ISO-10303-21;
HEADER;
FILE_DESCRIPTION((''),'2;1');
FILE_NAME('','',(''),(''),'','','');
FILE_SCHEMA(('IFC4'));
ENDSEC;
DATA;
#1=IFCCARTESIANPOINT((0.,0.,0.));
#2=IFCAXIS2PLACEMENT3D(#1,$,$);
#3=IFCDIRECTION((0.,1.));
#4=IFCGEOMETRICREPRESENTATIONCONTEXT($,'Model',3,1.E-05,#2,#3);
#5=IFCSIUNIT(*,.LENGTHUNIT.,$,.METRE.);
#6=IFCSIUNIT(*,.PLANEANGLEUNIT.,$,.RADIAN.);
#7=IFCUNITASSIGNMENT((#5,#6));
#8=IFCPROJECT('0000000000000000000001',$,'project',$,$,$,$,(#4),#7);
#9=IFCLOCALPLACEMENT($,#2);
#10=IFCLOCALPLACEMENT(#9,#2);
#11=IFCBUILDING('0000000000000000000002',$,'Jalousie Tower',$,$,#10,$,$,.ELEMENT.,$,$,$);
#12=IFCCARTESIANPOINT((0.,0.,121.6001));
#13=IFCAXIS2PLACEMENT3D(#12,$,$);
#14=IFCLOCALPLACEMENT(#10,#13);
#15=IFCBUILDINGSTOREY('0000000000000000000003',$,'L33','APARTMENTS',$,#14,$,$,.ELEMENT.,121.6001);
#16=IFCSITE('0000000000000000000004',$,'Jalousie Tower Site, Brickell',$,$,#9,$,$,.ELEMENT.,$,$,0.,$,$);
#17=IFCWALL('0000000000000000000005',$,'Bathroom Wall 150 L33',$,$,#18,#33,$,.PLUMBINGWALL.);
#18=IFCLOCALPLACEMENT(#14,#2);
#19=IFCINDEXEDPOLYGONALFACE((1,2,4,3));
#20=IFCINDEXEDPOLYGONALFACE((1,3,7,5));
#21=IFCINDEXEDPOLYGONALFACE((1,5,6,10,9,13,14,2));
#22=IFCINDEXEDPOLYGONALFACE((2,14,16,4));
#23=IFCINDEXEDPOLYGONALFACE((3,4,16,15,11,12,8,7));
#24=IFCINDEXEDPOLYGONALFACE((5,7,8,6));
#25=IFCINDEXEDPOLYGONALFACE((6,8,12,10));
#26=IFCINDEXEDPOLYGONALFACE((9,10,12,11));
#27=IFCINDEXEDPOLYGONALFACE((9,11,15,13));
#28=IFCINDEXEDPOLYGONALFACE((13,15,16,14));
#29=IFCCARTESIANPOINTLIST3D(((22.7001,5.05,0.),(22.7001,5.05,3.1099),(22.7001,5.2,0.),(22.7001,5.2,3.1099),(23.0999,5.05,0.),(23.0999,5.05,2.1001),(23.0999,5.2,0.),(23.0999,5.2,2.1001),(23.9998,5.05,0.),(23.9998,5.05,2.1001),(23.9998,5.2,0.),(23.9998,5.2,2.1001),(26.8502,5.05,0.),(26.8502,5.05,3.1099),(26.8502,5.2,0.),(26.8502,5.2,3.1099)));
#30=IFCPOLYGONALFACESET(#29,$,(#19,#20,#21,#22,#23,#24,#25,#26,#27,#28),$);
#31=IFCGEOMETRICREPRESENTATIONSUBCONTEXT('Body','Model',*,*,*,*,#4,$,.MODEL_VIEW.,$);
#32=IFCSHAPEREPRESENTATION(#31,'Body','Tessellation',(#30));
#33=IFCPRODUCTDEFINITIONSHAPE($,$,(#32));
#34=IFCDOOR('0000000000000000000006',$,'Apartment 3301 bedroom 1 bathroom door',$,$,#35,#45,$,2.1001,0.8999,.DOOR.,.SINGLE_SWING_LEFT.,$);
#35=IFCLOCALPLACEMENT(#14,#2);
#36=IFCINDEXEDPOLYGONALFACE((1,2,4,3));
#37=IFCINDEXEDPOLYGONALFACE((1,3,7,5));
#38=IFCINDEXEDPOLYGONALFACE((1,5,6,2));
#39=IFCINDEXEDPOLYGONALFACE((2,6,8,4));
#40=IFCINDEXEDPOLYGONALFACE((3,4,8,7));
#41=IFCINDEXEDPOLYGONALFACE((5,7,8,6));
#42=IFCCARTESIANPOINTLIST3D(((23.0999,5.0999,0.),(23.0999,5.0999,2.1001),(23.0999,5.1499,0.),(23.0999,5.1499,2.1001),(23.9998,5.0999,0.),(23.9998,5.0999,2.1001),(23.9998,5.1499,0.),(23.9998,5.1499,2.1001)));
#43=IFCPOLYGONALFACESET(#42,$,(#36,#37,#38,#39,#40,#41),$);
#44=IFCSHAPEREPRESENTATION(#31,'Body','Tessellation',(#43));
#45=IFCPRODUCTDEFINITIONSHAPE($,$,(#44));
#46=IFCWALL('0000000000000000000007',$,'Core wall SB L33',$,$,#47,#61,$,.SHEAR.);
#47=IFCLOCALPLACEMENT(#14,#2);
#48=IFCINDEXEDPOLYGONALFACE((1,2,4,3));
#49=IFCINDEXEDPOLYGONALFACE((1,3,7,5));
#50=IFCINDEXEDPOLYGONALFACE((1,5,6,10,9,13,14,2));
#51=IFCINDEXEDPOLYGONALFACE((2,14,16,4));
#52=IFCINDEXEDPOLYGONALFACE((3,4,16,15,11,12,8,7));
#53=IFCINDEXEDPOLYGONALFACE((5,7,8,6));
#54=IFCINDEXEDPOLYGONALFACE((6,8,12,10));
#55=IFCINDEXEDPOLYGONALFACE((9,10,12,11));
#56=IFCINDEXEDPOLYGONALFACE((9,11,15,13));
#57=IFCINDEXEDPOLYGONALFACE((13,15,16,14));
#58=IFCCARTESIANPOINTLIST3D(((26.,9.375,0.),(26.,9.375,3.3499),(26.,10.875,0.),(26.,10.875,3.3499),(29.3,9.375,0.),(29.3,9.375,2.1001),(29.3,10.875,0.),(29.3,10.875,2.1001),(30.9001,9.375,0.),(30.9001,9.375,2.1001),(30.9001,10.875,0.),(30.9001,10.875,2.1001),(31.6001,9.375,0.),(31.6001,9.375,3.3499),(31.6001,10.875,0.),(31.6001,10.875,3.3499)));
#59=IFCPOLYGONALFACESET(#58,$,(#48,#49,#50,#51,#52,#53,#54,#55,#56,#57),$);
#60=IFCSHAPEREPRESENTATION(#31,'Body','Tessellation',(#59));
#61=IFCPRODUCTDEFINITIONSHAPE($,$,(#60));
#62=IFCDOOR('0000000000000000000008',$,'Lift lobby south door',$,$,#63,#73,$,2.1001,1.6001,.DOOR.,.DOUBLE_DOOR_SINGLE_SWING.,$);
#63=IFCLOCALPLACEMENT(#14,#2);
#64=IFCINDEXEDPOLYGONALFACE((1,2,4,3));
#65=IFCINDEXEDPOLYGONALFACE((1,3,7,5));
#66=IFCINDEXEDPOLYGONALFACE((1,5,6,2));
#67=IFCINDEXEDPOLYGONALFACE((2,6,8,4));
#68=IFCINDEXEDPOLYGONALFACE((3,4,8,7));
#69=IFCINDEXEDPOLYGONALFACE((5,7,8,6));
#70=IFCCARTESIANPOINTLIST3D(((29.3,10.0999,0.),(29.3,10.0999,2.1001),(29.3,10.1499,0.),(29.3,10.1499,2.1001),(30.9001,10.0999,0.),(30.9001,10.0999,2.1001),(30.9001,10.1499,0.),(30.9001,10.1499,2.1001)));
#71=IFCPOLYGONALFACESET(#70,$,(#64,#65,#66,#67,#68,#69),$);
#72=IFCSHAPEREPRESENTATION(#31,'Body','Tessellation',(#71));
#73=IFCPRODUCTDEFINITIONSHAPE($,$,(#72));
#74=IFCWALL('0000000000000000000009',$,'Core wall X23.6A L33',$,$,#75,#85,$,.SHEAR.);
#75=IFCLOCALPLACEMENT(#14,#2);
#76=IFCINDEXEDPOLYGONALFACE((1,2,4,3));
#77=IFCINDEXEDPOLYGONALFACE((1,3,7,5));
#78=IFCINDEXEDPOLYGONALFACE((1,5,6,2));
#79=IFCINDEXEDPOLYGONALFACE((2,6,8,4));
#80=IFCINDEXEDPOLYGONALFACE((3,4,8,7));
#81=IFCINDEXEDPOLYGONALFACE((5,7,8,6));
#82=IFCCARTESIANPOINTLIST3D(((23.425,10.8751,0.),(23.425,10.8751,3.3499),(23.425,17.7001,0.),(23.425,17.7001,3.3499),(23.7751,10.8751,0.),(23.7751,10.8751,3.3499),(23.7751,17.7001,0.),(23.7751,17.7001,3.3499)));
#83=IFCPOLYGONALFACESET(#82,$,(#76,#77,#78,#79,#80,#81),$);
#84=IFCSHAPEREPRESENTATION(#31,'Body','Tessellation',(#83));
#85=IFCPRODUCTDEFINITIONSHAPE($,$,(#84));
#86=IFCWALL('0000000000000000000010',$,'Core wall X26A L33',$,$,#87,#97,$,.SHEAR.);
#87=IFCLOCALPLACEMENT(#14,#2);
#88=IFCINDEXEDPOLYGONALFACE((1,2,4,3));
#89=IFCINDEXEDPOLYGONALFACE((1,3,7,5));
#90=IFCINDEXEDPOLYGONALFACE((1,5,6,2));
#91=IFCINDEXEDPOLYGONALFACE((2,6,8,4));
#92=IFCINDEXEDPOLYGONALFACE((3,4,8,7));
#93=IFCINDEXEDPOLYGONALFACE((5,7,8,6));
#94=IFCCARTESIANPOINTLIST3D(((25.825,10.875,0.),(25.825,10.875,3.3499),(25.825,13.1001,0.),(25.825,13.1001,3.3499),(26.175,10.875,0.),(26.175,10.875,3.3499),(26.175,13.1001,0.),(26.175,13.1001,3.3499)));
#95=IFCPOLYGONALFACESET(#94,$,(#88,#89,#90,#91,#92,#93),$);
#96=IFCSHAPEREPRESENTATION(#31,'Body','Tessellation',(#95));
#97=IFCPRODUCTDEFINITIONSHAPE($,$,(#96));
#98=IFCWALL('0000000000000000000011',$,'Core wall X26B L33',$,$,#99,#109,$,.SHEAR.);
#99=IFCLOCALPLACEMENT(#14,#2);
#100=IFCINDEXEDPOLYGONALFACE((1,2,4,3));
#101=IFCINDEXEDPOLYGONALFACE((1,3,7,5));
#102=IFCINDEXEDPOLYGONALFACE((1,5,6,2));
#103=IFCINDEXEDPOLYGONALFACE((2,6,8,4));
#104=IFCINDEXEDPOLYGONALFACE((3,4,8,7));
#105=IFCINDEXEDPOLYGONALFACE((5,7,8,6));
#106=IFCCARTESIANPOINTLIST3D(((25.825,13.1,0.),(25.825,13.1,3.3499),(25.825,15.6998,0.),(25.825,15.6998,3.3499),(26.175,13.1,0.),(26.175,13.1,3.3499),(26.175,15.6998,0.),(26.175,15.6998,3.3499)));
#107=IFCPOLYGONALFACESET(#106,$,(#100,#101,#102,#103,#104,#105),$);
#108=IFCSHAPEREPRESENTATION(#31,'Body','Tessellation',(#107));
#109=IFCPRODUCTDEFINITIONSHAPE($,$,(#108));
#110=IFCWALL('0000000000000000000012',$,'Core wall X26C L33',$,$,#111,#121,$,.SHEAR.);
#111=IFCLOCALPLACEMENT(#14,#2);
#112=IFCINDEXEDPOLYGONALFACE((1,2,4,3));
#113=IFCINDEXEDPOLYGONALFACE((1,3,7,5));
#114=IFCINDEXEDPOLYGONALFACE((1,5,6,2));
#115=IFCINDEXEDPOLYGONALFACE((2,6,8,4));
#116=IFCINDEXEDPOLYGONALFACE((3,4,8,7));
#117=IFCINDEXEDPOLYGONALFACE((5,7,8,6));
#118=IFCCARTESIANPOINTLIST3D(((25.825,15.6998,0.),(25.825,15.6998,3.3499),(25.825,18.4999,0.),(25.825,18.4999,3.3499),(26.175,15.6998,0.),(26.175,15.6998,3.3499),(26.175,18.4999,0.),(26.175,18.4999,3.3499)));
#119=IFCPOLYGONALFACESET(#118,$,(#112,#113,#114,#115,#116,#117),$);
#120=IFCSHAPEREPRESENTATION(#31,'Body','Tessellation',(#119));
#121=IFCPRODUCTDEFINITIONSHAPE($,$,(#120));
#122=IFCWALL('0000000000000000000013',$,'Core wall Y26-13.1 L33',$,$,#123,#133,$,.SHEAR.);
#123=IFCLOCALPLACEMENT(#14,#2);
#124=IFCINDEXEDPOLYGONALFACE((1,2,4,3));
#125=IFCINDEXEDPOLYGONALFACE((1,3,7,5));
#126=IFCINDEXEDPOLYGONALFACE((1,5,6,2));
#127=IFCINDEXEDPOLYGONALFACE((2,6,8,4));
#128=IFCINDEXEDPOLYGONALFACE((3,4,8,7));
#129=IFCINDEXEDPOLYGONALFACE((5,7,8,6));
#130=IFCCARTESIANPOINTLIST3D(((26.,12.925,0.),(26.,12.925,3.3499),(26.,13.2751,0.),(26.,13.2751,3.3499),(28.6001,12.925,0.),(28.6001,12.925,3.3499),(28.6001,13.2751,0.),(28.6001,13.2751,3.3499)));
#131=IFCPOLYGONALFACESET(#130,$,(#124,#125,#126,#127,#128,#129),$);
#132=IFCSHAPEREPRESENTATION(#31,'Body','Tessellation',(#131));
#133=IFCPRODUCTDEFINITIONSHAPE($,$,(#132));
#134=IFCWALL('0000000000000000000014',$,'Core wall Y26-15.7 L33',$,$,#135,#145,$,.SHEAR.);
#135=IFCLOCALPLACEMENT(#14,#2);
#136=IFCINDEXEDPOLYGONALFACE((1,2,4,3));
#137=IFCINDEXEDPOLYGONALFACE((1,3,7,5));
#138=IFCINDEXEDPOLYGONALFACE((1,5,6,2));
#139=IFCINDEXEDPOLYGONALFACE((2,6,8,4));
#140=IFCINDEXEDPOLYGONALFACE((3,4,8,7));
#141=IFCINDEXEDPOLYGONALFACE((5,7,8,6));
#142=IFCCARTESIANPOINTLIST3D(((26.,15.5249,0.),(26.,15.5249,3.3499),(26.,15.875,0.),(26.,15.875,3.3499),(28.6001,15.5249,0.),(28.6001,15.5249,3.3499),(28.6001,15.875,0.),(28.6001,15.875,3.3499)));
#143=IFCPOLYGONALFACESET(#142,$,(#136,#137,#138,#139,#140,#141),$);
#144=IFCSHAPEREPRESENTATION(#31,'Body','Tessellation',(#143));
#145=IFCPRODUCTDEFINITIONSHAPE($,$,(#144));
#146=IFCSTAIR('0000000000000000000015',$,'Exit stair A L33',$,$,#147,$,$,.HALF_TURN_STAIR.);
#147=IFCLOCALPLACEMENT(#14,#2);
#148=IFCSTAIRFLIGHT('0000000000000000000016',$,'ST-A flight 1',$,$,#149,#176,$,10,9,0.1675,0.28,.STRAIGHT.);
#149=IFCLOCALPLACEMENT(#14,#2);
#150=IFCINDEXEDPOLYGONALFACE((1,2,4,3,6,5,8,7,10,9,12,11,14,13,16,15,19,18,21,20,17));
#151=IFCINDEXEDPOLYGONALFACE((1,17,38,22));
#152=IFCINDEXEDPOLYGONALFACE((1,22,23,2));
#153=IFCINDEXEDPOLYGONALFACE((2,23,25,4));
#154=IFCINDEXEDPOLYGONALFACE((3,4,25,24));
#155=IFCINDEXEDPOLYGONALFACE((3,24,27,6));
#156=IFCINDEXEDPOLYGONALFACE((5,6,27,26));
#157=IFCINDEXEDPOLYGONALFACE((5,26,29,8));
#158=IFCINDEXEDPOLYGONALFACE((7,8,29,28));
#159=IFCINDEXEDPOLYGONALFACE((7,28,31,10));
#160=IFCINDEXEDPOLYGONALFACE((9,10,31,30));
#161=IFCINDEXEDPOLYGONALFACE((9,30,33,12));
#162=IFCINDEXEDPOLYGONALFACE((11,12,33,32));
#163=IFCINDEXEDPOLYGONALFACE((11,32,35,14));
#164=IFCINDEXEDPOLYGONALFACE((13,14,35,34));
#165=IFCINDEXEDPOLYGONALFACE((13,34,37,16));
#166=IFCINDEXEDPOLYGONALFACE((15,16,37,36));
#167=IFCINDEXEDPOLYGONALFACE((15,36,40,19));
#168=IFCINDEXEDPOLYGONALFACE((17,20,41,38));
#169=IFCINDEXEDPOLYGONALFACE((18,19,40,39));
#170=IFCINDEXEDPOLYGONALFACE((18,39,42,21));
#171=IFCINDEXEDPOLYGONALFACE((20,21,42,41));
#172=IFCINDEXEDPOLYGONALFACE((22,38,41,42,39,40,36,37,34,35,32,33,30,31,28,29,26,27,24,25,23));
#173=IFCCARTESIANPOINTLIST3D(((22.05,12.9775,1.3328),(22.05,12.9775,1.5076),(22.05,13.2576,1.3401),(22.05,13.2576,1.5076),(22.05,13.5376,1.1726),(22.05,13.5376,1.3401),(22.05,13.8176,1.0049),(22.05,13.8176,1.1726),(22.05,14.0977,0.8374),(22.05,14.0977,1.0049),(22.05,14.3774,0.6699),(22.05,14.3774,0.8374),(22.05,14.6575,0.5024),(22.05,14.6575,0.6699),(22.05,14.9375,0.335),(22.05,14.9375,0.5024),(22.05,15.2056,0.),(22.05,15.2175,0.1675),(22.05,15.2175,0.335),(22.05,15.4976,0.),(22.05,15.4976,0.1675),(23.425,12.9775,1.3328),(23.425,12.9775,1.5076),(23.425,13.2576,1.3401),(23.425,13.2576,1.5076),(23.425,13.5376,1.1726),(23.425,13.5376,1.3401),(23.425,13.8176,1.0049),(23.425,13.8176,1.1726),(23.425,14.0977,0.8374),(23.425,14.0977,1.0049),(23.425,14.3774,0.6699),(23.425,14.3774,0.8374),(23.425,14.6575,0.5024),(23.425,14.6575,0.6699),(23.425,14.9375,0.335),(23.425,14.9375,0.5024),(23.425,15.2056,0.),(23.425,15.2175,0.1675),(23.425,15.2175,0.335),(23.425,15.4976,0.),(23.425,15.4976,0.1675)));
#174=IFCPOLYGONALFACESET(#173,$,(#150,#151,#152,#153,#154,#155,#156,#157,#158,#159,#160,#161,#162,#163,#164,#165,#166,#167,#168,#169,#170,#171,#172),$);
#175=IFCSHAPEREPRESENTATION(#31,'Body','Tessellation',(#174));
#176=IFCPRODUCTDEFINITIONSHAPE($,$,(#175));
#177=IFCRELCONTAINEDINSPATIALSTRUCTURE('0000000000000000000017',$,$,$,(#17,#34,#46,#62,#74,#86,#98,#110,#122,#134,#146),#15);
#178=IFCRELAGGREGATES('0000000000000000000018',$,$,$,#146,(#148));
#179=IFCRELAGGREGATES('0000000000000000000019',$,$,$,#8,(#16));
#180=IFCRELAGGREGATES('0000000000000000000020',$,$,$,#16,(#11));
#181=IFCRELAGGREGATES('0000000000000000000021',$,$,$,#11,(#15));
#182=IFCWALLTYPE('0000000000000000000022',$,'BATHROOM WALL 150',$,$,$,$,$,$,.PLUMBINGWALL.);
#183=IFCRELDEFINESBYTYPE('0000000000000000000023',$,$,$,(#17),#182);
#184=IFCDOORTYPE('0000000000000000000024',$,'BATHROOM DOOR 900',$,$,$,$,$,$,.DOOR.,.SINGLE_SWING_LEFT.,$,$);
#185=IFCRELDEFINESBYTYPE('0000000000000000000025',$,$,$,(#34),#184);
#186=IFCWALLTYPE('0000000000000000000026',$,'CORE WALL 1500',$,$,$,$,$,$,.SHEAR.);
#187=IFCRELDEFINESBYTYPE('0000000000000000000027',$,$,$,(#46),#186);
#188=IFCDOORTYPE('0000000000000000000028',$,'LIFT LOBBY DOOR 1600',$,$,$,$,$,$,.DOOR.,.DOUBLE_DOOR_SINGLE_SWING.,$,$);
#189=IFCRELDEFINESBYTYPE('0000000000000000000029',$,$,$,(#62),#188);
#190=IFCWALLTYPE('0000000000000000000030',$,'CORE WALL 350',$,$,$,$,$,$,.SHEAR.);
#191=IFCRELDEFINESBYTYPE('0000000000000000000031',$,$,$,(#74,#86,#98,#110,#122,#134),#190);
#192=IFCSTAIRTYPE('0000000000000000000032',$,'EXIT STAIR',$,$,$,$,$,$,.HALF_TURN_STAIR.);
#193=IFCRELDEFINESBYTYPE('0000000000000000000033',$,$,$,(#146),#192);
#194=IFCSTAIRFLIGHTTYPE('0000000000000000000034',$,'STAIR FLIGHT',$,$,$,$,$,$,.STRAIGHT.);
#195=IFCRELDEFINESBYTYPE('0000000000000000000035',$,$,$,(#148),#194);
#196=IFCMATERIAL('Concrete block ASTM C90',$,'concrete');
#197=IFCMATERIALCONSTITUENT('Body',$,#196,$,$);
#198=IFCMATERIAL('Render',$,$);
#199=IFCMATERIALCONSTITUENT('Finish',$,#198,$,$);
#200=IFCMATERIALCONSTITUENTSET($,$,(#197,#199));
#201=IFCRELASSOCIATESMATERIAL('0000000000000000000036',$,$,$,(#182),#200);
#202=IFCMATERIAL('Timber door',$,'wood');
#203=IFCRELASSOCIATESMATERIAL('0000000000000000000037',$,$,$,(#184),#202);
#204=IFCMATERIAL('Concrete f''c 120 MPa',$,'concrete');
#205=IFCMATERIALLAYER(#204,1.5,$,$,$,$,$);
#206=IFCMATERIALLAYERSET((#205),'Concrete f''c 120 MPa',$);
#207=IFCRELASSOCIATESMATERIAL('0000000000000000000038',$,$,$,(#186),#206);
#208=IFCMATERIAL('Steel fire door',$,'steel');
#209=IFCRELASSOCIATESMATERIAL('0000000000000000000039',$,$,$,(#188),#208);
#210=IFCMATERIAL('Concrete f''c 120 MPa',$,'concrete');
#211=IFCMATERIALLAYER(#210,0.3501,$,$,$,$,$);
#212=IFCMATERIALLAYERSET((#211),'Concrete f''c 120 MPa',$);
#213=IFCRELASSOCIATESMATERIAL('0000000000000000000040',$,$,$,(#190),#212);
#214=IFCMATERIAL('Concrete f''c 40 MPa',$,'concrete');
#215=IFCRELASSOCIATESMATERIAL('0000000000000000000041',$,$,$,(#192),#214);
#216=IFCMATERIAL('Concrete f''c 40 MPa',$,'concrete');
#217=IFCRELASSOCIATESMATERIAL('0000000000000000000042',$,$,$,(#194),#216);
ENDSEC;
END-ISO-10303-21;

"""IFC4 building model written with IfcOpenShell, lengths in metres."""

from ifc_helpers import new_model, si_unit, direction, frame, frame_2d, origin, place, context, subcontext, project, spatial, polyline, rectangle, outline, extrude, material, layer, layer_set, constituent, constituent_set, type_object, element, fill, aggregate, save


model = new_model("IFC4")

# Units and contexts
model_context = context("Model", 3, precision=1e-05, world=origin(), true_north=direction((0.0, 1.0)))
body_context = subcontext(model_context, "Body", "Model", "MODEL_VIEW")
ifc_project = project(units=[si_unit("LENGTHUNIT", "METRE"), si_unit("PLANEANGLEUNIT", "RADIAN")], contexts=[model_context])

# Site, building, storey
site_placement = place(None, origin())
site = spatial("IfcSite", under=ifc_project, at=site_placement, Name="Jalousie Tower Site, Brickell", CompositionType="ELEMENT", RefElevation=0.0)
building_placement = place(site_placement, origin())
building = spatial("IfcBuilding", under=site, at=building_placement, Name="Jalousie Tower", CompositionType="ELEMENT")
storey_placement = place(building_placement, frame((0.0, 0.0, 121.6001)))
storey = spatial("IfcBuildingStorey", under=building, at=storey_placement, Name="L33", Description="APARTMENTS", CompositionType="ELEMENT", Elevation=121.6001)

# Walls, openings, doors
ifc_material_1 = material(Name="Concrete block ASTM C90", Category="concrete")
ifc_constituent_1 = constituent(ifc_material_1, Name="Body")
ifc_material_2 = material(Name="Render")
ifc_constituent_2 = constituent(ifc_material_2, Name="Finish")
ifc_constituent_set_1 = constituent_set(constituents=[ifc_constituent_1, ifc_constituent_2])
wall_type_1 = type_object("IfcWallType", Name="BATHROOM WALL 150", PredefinedType="PLUMBINGWALL", material=ifc_constituent_set_1)
wall_1_placement = place(storey_placement, frame((22.7, 5.125, 0.0), z_axis=(0.0, 0.0, 1.0), x_axis=(1.0, 0.0, 0.0)))
wall_1 = element("IfcWall", 1, at=wall_1_placement, inside=storey, type_object=wall_type_1, Name="Bathroom Wall 150 L33", PredefinedType="PLUMBINGWALL", context=body_context, shape_type="SweptSolid", body=[
    extrude(rectangle(XDim=4.1501, YDim=0.1499, at=frame_2d((2.0752, 0.0))), origin(), (0.0, 0.0, 1.0), 3.1099),
])
opening_1_placement = place(wall_1_placement, frame((0.3999, 0.0, 0.0)))
opening_1 = element("IfcOpeningElement", 2, at=opening_1_placement, cuts=wall_1, PredefinedType="OPENING", context=body_context, shape_type="SweptSolid", body=[
    extrude(rectangle(XDim=0.8999, YDim=2.1001, at=frame_2d((0.45, 1.05))), frame((0.0, 0.085, 0.0), z_axis=(0.0, -1.0, 0.0), x_axis=(1.0, 0.0, 0.0)), (0.0, 0.0, 1.0), 0.1699),
])
ifc_material_3 = material(Name="Timber door", Category="wood")
door_type_1 = type_object("IfcDoorType", Name="BATHROOM DOOR 900", OperationType="SINGLE_SWING_LEFT", PredefinedType="DOOR", material=ifc_material_3)
door_1_placement = place(opening_1_placement, origin())
door_1 = element("IfcDoor", 3, at=door_1_placement, inside=storey, type_object=door_type_1, Name="Apartment 3301 bedroom 1 bathroom door", OperationType="SINGLE_SWING_LEFT", OverallHeight=2.1001, OverallWidth=0.8999, PredefinedType="DOOR", context=body_context, shape_type="SweptSolid", body=[
    extrude(rectangle(XDim=0.8999, YDim=2.1001, at=frame_2d((0.45, 1.05))), frame((0.0, 0.0249, 0.0), z_axis=(0.0, -1.0, 0.0), x_axis=(1.0, 0.0, 0.0)), (0.0, 0.0, 1.0), 0.05),
])
fill(opening_1, door_1)
ifc_material_4 = material(Name="Concrete f'c 120 MPa", Category="concrete")
ifc_layer_1 = layer(ifc_material_4, 1.5)
ifc_layer_set_1 = layer_set([ifc_layer_1], Name="Concrete f'c 120 MPa")
wall_type_2 = type_object("IfcWallType", Name="CORE WALL 1500", PredefinedType="SHEAR", material=ifc_layer_set_1)
wall_2_placement = place(storey_placement, frame((26.0, 10.125, 0.0), z_axis=(0.0, 0.0, 1.0), x_axis=(1.0, 0.0, 0.0)))
wall_2 = element("IfcWall", 4, at=wall_2_placement, inside=storey, type_object=wall_type_2, Name="Core wall SB L33", PredefinedType="SHEAR", context=body_context, shape_type="SweptSolid", body=[
    extrude(rectangle(XDim=5.6001, YDim=1.5, at=frame_2d((2.8, 0.0))), origin(), (0.0, 0.0, 1.0), 3.3499),
])
opening_2_placement = place(wall_2_placement, frame((3.3, 0.0, 0.0)))
opening_2 = element("IfcOpeningElement", 5, at=opening_2_placement, cuts=wall_2, PredefinedType="OPENING", context=body_context, shape_type="SweptSolid", body=[
    extrude(rectangle(XDim=1.6001, YDim=2.1001, at=frame_2d((0.8, 1.05))), frame((0.0, 0.76, 0.0), z_axis=(0.0, -1.0, 0.0), x_axis=(1.0, 0.0, 0.0)), (0.0, 0.0, 1.0), 1.52),
])
ifc_material_5 = material(Name="Steel fire door", Category="steel")
door_type_2 = type_object("IfcDoorType", Name="LIFT LOBBY DOOR 1600", OperationType="DOUBLE_DOOR_SINGLE_SWING", PredefinedType="DOOR", material=ifc_material_5)
door_2_placement = place(opening_2_placement, origin())
door_2 = element("IfcDoor", 6, at=door_2_placement, inside=storey, type_object=door_type_2, Name="Lift lobby south door", OperationType="DOUBLE_DOOR_SINGLE_SWING", OverallHeight=2.1001, OverallWidth=1.6001, PredefinedType="DOOR", context=body_context, shape_type="SweptSolid", body=[
    extrude(rectangle(XDim=1.6001, YDim=2.1001, at=frame_2d((0.8, 1.05))), frame((0.0, 0.0249, 0.0), z_axis=(0.0, -1.0, 0.0), x_axis=(1.0, 0.0, 0.0)), (0.0, 0.0, 1.0), 0.05),
])
fill(opening_2, door_2)

# Walls
ifc_material_6 = material(Name="Concrete f'c 120 MPa", Category="concrete")
ifc_layer_2 = layer(ifc_material_6, 0.3501)
ifc_layer_set_2 = layer_set([ifc_layer_2], Name="Concrete f'c 120 MPa")
wall_type_3 = type_object("IfcWallType", Name="CORE WALL 350", PredefinedType="SHEAR", material=ifc_layer_set_2)
wall_3_placement = place(storey_placement, frame((23.6001, 10.875, 0.0), z_axis=(0.0, 0.0, 1.0), x_axis=(0.0, 1.0, 0.0)))
element("IfcWall", 7, at=wall_3_placement, inside=storey, type_object=wall_type_3, Name="Core wall X23.6A L33", PredefinedType="SHEAR", context=body_context, shape_type="SweptSolid", body=[
    extrude(rectangle(XDim=6.825, YDim=0.3501, at=frame_2d((3.4126, 0.0))), origin(), (0.0, 0.0, 1.0), 3.3499),
])
wall_4_placement = place(storey_placement, frame((26.0, 10.875, 0.0), z_axis=(0.0, 0.0, 1.0), x_axis=(0.0, 1.0, 0.0)))
element("IfcWall", 8, at=wall_4_placement, inside=storey, type_object=wall_type_3, Name="Core wall X26A L33", PredefinedType="SHEAR", context=body_context, shape_type="SweptSolid", body=[
    extrude(rectangle(XDim=2.2251, YDim=0.3501, at=frame_2d((1.1125, 0.0))), origin(), (0.0, 0.0, 1.0), 3.3499),
])
wall_5_placement = place(storey_placement, frame((26.0, 13.1001, 0.0), z_axis=(0.0, 0.0, 1.0), x_axis=(0.0, 1.0, 0.0)))
element("IfcWall", 9, at=wall_5_placement, inside=storey, type_object=wall_type_3, Name="Core wall X26B L33", PredefinedType="SHEAR", context=body_context, shape_type="SweptSolid", body=[
    extrude(rectangle(XDim=2.5999, YDim=0.3501, at=frame_2d((1.2998, 0.0))), origin(), (0.0, 0.0, 1.0), 3.3499),
])
wall_6_placement = place(storey_placement, frame((26.0, 15.7, 0.0), z_axis=(0.0, 0.0, 1.0), x_axis=(0.0, 1.0, 0.0)))
element("IfcWall", 10, at=wall_6_placement, inside=storey, type_object=wall_type_3, Name="Core wall X26C L33", PredefinedType="SHEAR", context=body_context, shape_type="SweptSolid", body=[
    extrude(rectangle(XDim=2.8, YDim=0.3501, at=frame_2d((1.3999, 0.0))), origin(), (0.0, 0.0, 1.0), 3.3499),
])
for number, where, z_axis, x_axis, name in (
    (11, (26.0, 13.1001, 0.0), (0.0, 0.0, 1.0), (1.0, 0.0, 0.0), "Core wall Y26-13.1 L33"),
    (12, (26.0, 15.7, 0.0), (0.0, 0.0, 1.0), (1.0, 0.0, 0.0), "Core wall Y26-15.7 L33"),
):
    element("IfcWall", number, at=place(storey_placement, frame(where, z_axis=z_axis, x_axis=x_axis)), inside=storey, type_object=wall_type_3, Name=name, PredefinedType="SHEAR", context=body_context, shape_type="SweptSolid", body=[
        extrude(rectangle(XDim=2.6001, YDim=0.3501, at=frame_2d((1.3, 0.0))), origin(), (0.0, 0.0, 1.0), 3.3499),
    ])

# Stair, stair flight
ifc_material_7 = material(Name="Concrete f'c 40 MPa", Category="concrete")
stair_type = type_object("IfcStairType", Name="EXIT STAIR", PredefinedType="HALF_TURN_STAIR", material=ifc_material_7)
stair_placement = place(storey_placement, origin())
stair = element("IfcStair", 13, at=stair_placement, inside=storey, type_object=stair_type, Name="Exit stair A L33", PredefinedType="HALF_TURN_STAIR")
ifc_material_8 = material(Name="Concrete f'c 40 MPa", Category="concrete")
stair_flight_type = type_object("IfcStairFlightType", Name="STAIR FLIGHT", PredefinedType="STRAIGHT", material=ifc_material_8)
stair_flight_1_placement = place(storey_placement, frame((22.7375, 15.4976, 0.0), z_axis=(0.0, 0.0, 1.0), x_axis=(0.0, -1.0, 0.0)))
stair_flight_1 = element("IfcStairFlight", 14, at=stair_flight_1_placement, type_object=stair_flight_type, Name="ST-A flight 1", NumberOfRisers=10, NumberOfTreads=9, PredefinedType="STRAIGHT", RiserHeight=0.1675, TreadLength=0.28, context=body_context, shape_type="SweptSolid", body=[
    extrude(outline(polyline([(0.0, 0.0), (0.0, 0.1675), (0.28, 0.1675), (0.28, 0.335), (0.5601, 0.335), (0.5601, 0.5024), (0.8401, 0.5024), (0.8401, 0.6699), (1.1201, 0.6699), (1.1201, 0.8374), (1.3999, 0.8374), (1.3999, 1.0049), (1.6799, 1.0049), (1.6799, 1.1726), (1.96, 1.1726), (1.96, 1.3401), (2.24, 1.3401), (2.24, 1.5076), (2.52, 1.5076), (2.52, 1.675), (2.52, 1.3328), (0.292, 0.0), (0.0, 0.0)])), frame((0.0, 0.6875, 0.0), z_axis=(0.0, -1.0, 0.0), x_axis=(1.0, 0.0, 0.0)), (0.0, 0.0, 1.0), 1.375),
])
aggregate(stair, [stair_flight_1])

save(model, "model.ifc")
